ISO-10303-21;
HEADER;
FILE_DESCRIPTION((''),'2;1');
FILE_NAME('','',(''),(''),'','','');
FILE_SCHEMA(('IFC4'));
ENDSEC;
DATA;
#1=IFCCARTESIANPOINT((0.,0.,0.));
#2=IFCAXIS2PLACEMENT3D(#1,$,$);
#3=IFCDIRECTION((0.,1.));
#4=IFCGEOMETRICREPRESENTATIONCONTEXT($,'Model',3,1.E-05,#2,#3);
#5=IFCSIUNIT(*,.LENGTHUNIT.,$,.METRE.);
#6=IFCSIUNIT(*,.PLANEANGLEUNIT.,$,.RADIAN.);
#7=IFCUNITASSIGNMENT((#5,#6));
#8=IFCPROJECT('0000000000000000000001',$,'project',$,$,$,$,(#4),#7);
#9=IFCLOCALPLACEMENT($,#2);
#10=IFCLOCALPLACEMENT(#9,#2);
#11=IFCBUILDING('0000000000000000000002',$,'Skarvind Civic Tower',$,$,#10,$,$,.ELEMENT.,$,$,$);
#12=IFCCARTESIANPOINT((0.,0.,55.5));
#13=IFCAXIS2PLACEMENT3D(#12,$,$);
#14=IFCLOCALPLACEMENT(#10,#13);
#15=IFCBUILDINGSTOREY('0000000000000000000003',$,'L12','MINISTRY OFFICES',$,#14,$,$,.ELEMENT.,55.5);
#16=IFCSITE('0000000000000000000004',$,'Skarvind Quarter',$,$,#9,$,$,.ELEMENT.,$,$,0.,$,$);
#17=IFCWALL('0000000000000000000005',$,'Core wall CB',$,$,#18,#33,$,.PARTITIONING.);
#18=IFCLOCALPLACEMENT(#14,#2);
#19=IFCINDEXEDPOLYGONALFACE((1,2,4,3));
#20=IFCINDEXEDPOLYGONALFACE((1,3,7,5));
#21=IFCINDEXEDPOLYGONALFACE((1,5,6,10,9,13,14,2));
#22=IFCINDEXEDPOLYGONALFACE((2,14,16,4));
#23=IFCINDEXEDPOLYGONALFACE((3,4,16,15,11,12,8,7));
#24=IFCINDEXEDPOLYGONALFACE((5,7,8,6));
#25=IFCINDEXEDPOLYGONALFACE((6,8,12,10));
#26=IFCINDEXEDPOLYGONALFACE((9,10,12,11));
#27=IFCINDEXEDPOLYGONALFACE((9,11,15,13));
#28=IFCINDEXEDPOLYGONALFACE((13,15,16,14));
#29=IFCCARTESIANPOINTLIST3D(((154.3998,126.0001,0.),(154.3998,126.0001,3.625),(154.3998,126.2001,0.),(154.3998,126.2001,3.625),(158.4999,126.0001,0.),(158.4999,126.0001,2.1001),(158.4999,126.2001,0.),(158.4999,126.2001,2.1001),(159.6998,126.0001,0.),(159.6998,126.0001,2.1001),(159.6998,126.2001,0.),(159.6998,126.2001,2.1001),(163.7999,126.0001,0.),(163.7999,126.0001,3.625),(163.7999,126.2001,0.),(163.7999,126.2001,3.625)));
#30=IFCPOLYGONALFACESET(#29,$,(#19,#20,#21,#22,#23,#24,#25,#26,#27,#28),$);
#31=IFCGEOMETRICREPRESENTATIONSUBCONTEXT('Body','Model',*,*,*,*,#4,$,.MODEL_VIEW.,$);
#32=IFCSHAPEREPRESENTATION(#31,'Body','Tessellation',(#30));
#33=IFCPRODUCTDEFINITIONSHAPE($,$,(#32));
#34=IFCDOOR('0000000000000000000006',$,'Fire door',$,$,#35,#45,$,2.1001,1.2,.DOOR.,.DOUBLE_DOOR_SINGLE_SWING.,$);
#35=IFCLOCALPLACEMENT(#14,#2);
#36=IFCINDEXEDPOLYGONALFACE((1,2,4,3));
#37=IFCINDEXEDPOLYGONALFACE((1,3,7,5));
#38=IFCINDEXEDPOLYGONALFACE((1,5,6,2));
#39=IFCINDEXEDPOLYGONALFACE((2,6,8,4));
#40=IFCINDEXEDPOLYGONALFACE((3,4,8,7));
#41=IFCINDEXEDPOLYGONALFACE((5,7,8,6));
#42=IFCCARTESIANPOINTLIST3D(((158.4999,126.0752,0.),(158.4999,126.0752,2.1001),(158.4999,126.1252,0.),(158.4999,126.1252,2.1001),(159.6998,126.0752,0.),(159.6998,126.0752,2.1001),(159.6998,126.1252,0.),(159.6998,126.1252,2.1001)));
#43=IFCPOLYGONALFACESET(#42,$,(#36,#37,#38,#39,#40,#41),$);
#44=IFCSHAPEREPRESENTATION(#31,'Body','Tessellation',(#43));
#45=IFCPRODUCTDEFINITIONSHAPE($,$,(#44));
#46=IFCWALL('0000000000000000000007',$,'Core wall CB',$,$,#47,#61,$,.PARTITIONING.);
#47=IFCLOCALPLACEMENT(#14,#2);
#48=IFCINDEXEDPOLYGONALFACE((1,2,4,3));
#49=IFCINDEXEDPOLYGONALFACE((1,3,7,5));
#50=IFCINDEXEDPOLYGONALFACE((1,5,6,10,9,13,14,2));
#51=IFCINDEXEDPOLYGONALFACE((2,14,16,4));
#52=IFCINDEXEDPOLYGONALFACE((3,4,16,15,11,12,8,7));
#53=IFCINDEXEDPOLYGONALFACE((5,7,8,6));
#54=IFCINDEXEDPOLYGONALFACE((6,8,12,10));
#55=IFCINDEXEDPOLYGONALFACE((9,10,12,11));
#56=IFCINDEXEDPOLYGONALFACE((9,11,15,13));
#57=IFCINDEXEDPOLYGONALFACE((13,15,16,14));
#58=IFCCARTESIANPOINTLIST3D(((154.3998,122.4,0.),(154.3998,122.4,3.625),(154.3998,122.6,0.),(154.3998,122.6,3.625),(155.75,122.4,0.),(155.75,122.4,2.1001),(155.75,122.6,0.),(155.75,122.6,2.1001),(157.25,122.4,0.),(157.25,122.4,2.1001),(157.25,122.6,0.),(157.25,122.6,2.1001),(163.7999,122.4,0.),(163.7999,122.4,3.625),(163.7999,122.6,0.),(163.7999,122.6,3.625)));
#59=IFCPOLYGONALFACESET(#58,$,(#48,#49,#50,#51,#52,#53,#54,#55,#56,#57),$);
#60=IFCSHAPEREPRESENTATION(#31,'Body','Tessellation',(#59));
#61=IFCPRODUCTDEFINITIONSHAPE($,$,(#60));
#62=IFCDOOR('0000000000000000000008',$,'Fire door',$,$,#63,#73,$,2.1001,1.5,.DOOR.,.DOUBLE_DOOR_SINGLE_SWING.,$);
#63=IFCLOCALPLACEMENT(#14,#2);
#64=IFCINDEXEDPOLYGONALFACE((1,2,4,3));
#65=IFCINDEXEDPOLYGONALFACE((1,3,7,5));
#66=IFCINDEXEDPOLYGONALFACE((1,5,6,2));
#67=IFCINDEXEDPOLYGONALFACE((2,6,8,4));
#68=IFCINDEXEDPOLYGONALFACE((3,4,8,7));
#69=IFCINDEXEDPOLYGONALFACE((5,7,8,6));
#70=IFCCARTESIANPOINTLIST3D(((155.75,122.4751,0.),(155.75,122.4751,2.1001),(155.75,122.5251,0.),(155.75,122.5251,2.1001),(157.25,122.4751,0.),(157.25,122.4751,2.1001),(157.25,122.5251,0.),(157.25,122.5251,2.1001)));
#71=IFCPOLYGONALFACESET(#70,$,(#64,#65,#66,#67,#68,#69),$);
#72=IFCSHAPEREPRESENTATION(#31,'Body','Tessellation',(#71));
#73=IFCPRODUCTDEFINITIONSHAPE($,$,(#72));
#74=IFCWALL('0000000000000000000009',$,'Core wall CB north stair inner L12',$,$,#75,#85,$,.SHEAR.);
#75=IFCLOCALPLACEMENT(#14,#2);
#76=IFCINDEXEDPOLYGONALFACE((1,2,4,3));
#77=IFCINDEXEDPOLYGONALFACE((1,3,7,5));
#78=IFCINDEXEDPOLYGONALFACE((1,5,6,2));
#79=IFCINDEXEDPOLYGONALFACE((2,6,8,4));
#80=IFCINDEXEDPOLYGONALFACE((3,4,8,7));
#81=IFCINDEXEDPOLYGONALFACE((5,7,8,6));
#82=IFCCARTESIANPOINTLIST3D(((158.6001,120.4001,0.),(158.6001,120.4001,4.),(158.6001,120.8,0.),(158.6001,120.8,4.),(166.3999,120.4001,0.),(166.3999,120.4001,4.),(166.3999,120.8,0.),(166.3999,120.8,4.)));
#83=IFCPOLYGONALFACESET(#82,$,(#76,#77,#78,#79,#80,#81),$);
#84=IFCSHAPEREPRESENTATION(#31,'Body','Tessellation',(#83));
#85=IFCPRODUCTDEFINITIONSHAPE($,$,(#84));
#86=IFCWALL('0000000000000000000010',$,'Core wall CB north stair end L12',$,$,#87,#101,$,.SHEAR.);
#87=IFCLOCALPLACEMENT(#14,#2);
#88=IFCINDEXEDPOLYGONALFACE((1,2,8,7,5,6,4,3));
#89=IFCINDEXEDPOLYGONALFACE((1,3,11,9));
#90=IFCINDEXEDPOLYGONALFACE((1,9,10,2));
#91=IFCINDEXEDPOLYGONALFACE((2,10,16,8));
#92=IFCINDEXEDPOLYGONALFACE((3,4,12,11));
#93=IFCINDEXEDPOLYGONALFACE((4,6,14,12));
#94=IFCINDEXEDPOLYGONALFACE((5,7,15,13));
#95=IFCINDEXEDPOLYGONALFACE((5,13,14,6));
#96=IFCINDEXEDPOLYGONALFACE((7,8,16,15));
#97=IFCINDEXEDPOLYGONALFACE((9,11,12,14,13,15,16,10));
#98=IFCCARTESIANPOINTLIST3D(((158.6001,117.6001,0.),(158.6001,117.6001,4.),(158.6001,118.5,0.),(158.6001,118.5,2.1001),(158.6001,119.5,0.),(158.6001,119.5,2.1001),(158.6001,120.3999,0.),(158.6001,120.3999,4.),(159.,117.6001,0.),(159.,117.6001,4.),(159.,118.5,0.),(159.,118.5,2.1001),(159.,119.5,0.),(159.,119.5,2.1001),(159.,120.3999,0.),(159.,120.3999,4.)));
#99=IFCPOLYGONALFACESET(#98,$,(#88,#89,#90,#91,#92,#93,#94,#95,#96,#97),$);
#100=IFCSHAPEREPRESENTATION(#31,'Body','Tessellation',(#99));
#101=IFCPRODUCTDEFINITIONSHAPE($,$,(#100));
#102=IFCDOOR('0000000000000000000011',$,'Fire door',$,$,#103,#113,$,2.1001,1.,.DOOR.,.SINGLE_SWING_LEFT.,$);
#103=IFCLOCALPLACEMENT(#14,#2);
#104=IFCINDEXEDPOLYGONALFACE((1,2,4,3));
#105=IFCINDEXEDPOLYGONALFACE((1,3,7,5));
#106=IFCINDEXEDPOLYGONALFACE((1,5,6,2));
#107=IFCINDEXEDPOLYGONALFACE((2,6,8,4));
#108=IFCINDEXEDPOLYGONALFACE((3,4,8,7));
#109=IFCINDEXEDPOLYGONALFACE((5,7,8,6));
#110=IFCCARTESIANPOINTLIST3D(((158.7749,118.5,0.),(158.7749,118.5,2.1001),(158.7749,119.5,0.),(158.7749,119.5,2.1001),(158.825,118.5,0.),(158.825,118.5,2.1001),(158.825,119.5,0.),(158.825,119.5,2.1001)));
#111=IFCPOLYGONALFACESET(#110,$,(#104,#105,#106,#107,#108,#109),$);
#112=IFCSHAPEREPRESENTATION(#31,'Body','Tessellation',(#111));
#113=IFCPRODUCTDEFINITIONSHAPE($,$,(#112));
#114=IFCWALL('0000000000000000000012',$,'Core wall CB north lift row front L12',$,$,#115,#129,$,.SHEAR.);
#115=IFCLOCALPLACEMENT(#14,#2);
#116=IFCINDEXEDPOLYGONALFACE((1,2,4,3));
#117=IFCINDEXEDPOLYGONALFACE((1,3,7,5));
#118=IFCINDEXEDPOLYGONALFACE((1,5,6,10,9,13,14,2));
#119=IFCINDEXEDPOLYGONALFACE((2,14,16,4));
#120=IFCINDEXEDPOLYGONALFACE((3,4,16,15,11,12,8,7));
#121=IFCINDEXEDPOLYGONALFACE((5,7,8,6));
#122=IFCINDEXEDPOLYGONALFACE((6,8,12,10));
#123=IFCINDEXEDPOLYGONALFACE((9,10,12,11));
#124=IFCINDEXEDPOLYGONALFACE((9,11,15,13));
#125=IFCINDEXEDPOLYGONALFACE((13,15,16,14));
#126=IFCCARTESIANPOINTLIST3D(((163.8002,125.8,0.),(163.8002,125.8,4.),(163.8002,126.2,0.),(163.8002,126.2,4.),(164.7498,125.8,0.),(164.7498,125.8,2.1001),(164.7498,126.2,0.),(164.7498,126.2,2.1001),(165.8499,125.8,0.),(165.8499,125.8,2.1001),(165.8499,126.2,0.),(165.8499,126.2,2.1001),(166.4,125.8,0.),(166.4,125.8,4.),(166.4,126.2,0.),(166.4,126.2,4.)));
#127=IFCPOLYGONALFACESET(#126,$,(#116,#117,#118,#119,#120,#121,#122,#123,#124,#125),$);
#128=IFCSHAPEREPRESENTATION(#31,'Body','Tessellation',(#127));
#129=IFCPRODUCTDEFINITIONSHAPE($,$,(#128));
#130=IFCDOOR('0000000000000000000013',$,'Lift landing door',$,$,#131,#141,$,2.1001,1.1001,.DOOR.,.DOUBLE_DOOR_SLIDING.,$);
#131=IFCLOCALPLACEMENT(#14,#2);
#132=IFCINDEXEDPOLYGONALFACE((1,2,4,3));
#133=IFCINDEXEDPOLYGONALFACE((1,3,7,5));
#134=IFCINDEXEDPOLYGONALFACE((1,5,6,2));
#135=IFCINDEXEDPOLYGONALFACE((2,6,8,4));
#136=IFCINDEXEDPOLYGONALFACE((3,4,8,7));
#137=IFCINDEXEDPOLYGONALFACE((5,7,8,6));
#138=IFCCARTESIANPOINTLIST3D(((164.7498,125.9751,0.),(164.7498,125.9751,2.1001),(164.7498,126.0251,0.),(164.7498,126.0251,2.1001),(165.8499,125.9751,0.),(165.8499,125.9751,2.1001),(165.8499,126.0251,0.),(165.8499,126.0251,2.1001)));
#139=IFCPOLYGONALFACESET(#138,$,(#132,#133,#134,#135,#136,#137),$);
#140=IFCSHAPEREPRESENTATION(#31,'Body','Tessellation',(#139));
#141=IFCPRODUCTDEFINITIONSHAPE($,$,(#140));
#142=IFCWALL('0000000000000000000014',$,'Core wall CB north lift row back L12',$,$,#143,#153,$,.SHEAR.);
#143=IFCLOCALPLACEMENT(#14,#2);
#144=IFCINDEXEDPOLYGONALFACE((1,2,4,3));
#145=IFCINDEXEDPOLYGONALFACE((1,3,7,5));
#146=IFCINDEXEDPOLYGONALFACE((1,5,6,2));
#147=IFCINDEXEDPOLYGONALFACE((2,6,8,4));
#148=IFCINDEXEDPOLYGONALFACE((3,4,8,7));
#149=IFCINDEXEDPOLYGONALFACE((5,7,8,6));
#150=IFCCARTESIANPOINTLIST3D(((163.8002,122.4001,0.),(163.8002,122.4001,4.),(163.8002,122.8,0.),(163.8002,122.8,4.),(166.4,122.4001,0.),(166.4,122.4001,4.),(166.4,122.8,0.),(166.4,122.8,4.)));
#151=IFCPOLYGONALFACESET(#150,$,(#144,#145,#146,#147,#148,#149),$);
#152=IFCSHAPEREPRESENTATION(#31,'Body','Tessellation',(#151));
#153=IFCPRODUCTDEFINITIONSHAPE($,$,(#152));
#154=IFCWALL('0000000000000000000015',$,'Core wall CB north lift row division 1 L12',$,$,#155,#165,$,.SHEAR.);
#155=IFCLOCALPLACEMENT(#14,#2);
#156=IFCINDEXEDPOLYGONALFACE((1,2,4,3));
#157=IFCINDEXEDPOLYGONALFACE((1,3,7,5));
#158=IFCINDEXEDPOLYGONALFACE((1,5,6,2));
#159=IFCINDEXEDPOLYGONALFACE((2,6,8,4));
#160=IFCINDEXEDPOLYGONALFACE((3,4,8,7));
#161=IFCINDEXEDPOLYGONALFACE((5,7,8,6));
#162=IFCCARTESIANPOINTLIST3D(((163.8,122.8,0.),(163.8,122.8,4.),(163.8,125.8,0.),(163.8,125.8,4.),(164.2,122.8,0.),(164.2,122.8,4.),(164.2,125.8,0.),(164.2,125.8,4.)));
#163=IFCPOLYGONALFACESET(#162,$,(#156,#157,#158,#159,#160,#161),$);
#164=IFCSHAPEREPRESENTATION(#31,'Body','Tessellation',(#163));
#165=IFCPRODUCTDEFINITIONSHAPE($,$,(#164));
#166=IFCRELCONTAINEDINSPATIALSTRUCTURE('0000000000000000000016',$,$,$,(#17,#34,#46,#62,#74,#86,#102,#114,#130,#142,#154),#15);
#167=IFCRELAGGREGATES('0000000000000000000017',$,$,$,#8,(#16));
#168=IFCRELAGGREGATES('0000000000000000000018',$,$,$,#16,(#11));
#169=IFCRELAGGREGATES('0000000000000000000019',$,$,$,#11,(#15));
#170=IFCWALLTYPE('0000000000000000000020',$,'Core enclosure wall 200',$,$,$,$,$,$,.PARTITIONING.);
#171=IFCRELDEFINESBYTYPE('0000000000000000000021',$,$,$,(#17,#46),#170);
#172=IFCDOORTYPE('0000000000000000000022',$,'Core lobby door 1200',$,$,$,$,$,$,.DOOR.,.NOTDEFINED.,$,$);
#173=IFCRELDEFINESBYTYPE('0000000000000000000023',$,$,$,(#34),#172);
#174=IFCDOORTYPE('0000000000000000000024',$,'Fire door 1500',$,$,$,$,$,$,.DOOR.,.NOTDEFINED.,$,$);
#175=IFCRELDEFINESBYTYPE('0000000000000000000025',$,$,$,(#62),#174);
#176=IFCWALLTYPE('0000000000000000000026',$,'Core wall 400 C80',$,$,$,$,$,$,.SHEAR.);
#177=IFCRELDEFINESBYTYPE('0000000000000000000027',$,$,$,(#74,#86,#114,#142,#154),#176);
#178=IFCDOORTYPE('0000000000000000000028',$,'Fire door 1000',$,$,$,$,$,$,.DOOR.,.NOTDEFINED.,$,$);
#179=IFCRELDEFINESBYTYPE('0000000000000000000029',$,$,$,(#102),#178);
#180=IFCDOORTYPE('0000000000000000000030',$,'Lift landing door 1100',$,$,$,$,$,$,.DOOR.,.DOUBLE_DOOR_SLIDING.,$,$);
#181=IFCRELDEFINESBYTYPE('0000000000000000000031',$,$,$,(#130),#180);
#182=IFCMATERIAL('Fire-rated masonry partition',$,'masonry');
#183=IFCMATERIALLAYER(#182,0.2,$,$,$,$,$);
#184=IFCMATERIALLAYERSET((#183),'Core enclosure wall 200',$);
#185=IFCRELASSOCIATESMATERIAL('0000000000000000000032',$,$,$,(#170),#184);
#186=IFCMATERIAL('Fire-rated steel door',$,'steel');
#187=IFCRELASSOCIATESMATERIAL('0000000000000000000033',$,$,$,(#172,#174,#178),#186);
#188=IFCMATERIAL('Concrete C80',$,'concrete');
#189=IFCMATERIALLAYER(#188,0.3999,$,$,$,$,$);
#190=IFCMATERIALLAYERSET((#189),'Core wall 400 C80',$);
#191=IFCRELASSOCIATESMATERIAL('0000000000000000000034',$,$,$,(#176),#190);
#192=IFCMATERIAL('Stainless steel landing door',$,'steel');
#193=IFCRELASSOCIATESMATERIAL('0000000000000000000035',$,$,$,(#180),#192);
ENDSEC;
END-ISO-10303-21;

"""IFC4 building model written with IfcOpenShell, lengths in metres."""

from ifc_helpers import new_model, si_unit, direction, frame, frame_2d, origin, place, context, subcontext, project, spatial, rectangle, extrude, material, layer, layer_set, type_object, element, fill, save


model = new_model("IFC4")

# Units and contexts
model_context = context("Model", 3, precision=1e-05, world=origin(), true_north=direction((0.0, 1.0)))
body_context = subcontext(model_context, "Body", "Model", "MODEL_VIEW")
ifc_project = project(units=[si_unit("LENGTHUNIT", "METRE"), si_unit("PLANEANGLEUNIT", "RADIAN")], contexts=[model_context])

# Site, building, storey
site_placement = place(None, origin())
site = spatial("IfcSite", under=ifc_project, at=site_placement, Name="Skarvind Quarter", CompositionType="ELEMENT", RefElevation=0.0)
building_placement = place(site_placement, origin())
building = spatial("IfcBuilding", under=site, at=building_placement, Name="Skarvind Civic Tower", CompositionType="ELEMENT")
storey_placement = place(building_placement, frame((0.0, 0.0, 55.5)))
storey = spatial("IfcBuildingStorey", under=building, at=storey_placement, Name="L12", Description="MINISTRY OFFICES", CompositionType="ELEMENT", Elevation=55.5)

# Walls, openings, doors
ifc_material_1 = material(Name="Fire-rated masonry partition", Category="masonry")
ifc_layer_1 = layer(ifc_material_1, 0.2)
ifc_layer_set_1 = layer_set([ifc_layer_1], Name="Core enclosure wall 200")
wall_type_1 = type_object("IfcWallType", Name="Core enclosure wall 200", PredefinedType="PARTITIONING", material=ifc_layer_set_1)
wall_1_placement = place(storey_placement, frame((163.8, 126.1001, 0.0), z_axis=(0.0, 0.0, 1.0), x_axis=(-1.0, 0.0, 0.0)))
wall_1 = element("IfcWall", 1, at=wall_1_placement, inside=storey, type_object=wall_type_1, Name="Core wall CB", PredefinedType="PARTITIONING", context=body_context, shape_type="SweptSolid", body=[
    extrude(rectangle(XDim=9.4001, YDim=0.2, at=frame_2d((4.7002, 0.0))), origin(), (0.0, 0.0, 1.0), 3.625),
])
opening_1_placement = place(wall_1_placement, frame((4.1001, 0.0, 0.0)))
opening_1 = element("IfcOpeningElement", 2, at=opening_1_placement, cuts=wall_1, PredefinedType="OPENING", context=body_context, shape_type="SweptSolid", body=[
    extrude(rectangle(XDim=1.2, YDim=2.1001, at=frame_2d((0.6001, 1.05))), frame((0.0, 0.1099, 0.0), z_axis=(0.0, -1.0, 0.0), x_axis=(1.0, 0.0, 0.0)), (0.0, 0.0, 1.0), 0.22),
])
ifc_material_2 = material(Name="Fire-rated steel door", Category="steel")
door_type_1 = type_object("IfcDoorType", Name="Core lobby door 1200", OperationType="NOTDEFINED", PredefinedType="DOOR", material=ifc_material_2)
door_1_placement = place(opening_1_placement, origin())
door_1 = element("IfcDoor", 3, at=door_1_placement, inside=storey, type_object=door_type_1, Name="Fire door", OperationType="DOUBLE_DOOR_SINGLE_SWING", OverallHeight=2.1001, OverallWidth=1.2, PredefinedType="DOOR", context=body_context, shape_type="SweptSolid", body=[
    extrude(rectangle(XDim=1.2, YDim=2.1001, at=frame_2d((0.6001, 1.05))), frame((0.0, 0.0249, 0.0), z_axis=(0.0, -1.0, 0.0), x_axis=(1.0, 0.0, 0.0)), (0.0, 0.0, 1.0), 0.05),
])
fill(opening_1, door_1)
wall_2_placement = place(storey_placement, frame((163.8, 122.5, 0.0), z_axis=(0.0, 0.0, 1.0), x_axis=(-1.0, 0.0, 0.0)))
wall_2 = element("IfcWall", 4, at=wall_2_placement, inside=storey, type_object=wall_type_1, Name="Core wall CB", PredefinedType="PARTITIONING", context=body_context, shape_type="SweptSolid", body=[
    extrude(rectangle(XDim=9.4001, YDim=0.2, at=frame_2d((4.7002, 0.0))), origin(), (0.0, 0.0, 1.0), 3.625),
])
opening_2_placement = place(wall_2_placement, frame((6.55, 0.0, 0.0)))
opening_2 = element("IfcOpeningElement", 5, at=opening_2_placement, cuts=wall_2, PredefinedType="OPENING", context=body_context, shape_type="SweptSolid", body=[
    extrude(rectangle(XDim=1.5, YDim=2.1001, at=frame_2d((0.75, 1.05))), frame((0.0, 0.1099, 0.0), z_axis=(0.0, -1.0, 0.0), x_axis=(1.0, 0.0, 0.0)), (0.0, 0.0, 1.0), 0.22),
])
door_type_2 = type_object("IfcDoorType", Name="Fire door 1500", OperationType="NOTDEFINED", PredefinedType="DOOR", material=ifc_material_2)
door_2_placement = place(opening_2_placement, origin())
door_2 = element("IfcDoor", 6, at=door_2_placement, inside=storey, type_object=door_type_2, Name="Fire door", OperationType="DOUBLE_DOOR_SINGLE_SWING", OverallHeight=2.1001, OverallWidth=1.5, PredefinedType="DOOR", context=body_context, shape_type="SweptSolid", body=[
    extrude(rectangle(XDim=1.5, YDim=2.1001, at=frame_2d((0.75, 1.05))), frame((0.0, 0.0249, 0.0), z_axis=(0.0, -1.0, 0.0), x_axis=(1.0, 0.0, 0.0)), (0.0, 0.0, 1.0), 0.05),
])
fill(opening_2, door_2)

# Wall
ifc_material_3 = material(Name="Concrete C80", Category="concrete")
ifc_layer_2 = layer(ifc_material_3, 0.3999)
ifc_layer_set_2 = layer_set([ifc_layer_2], Name="Core wall 400 C80")
wall_type_2 = type_object("IfcWallType", Name="Core wall 400 C80", PredefinedType="SHEAR", material=ifc_layer_set_2)
wall_3_placement = place(storey_placement, frame((166.3999, 120.6001, 0.0), z_axis=(0.0, 0.0, 1.0), x_axis=(-1.0, 0.0, 0.0)))
element("IfcWall", 7, at=wall_3_placement, inside=storey, type_object=wall_type_2, Name="Core wall CB north stair inner L12", PredefinedType="SHEAR", context=body_context, shape_type="SweptSolid", body=[
    extrude(rectangle(XDim=7.7998, YDim=0.3999, at=frame_2d((3.8999, 0.0))), origin(), (0.0, 0.0, 1.0), 4.0),
])

# Walls, openings, doors
wall_4_placement = place(storey_placement, frame((158.8, 120.3999, 0.0), z_axis=(0.0, 0.0, 1.0), x_axis=(0.0, -1.0, 0.0)))
wall_4 = element("IfcWall", 8, at=wall_4_placement, inside=storey, type_object=wall_type_2, Name="Core wall CB north stair end L12", PredefinedType="SHEAR", context=body_context, shape_type="SweptSolid", body=[
    extrude(rectangle(XDim=2.7998, YDim=0.3999, at=frame_2d((1.3999, 0.0))), origin(), (0.0, 0.0, 1.0), 4.0),
])
opening_3_placement = place(wall_4_placement, frame((0.8999, 0.0, 0.0)))
opening_3 = element("IfcOpeningElement", 9, at=opening_3_placement, cuts=wall_4, PredefinedType="OPENING", context=body_context, shape_type="SweptSolid", body=[
    extrude(rectangle(XDim=1.0, YDim=2.1001, at=frame_2d((0.5, 1.05))), frame((0.0, 0.21, 0.0), z_axis=(0.0, -1.0, 0.0), x_axis=(1.0, 0.0, 0.0)), (0.0, 0.0, 1.0), 0.4199),
])
door_type_3 = type_object("IfcDoorType", Name="Fire door 1000", OperationType="NOTDEFINED", PredefinedType="DOOR", material=ifc_material_2)
door_3_placement = place(opening_3_placement, origin())
door_3 = element("IfcDoor", 10, at=door_3_placement, inside=storey, type_object=door_type_3, Name="Fire door", OperationType="SINGLE_SWING_LEFT", OverallHeight=2.1001, OverallWidth=1.0, PredefinedType="DOOR", context=body_context, shape_type="SweptSolid", body=[
    extrude(rectangle(XDim=1.0, YDim=2.1001, at=frame_2d((0.5, 1.05))), frame((0.0, 0.0249, 0.0), z_axis=(0.0, -1.0, 0.0), x_axis=(1.0, 0.0, 0.0)), (0.0, 0.0, 1.0), 0.05),
])
fill(opening_3, door_3)
wall_5_placement = place(storey_placement, frame((166.3999, 126.0, 0.0), z_axis=(0.0, 0.0, 1.0), x_axis=(-1.0, 0.0, 0.0)))
wall_5 = element("IfcWall", 11, at=wall_5_placement, inside=storey, type_object=wall_type_2, Name="Core wall CB north lift row front L12", PredefinedType="SHEAR", context=body_context, shape_type="SweptSolid", body=[
    extrude(rectangle(XDim=2.5999, YDim=0.3999, at=frame_2d((1.2998, 0.0))), origin(), (0.0, 0.0, 1.0), 4.0),
])
opening_4_placement = place(wall_5_placement, frame((0.55, 0.0, 0.0)))
opening_4 = element("IfcOpeningElement", 12, at=opening_4_placement, cuts=wall_5, PredefinedType="OPENING", context=body_context, shape_type="SweptSolid", body=[
    extrude(rectangle(XDim=1.1001, YDim=2.1001, at=frame_2d((0.55, 1.05))), frame((0.0, 0.21, 0.0), z_axis=(0.0, -1.0, 0.0), x_axis=(1.0, 0.0, 0.0)), (0.0, 0.0, 1.0), 0.4199),
])
ifc_material_4 = material(Name="Stainless steel landing door", Category="steel")
door_type_4 = type_object("IfcDoorType", Name="Lift landing door 1100", OperationType="DOUBLE_DOOR_SLIDING", PredefinedType="DOOR", material=ifc_material_4)
door_4_placement = place(opening_4_placement, origin())
door_4 = element("IfcDoor", 13, at=door_4_placement, inside=storey, type_object=door_type_4, Name="Lift landing door", OperationType="DOUBLE_DOOR_SLIDING", OverallHeight=2.1001, OverallWidth=1.1001, PredefinedType="DOOR", context=body_context, shape_type="SweptSolid", body=[
    extrude(rectangle(XDim=1.1001, YDim=2.1001, at=frame_2d((0.55, 1.05))), frame((0.0, 0.0249, 0.0), z_axis=(0.0, -1.0, 0.0), x_axis=(1.0, 0.0, 0.0)), (0.0, 0.0, 1.0), 0.05),
])
fill(opening_4, door_4)

# Walls
wall_6_placement = place(storey_placement, frame((166.3999, 122.6001, 0.0), z_axis=(0.0, 0.0, 1.0), x_axis=(-1.0, 0.0, 0.0)))
element("IfcWall", 14, at=wall_6_placement, inside=storey, type_object=wall_type_2, Name="Core wall CB north lift row back L12", PredefinedType="SHEAR", context=body_context, shape_type="SweptSolid", body=[
    extrude(rectangle(XDim=2.5999, YDim=0.3999, at=frame_2d((1.2998, 0.0))), origin(), (0.0, 0.0, 1.0), 4.0),
])
wall_7_placement = place(storey_placement, frame((164.0, 125.8, 0.0), z_axis=(0.0, 0.0, 1.0), x_axis=(0.0, -1.0, 0.0)))
element("IfcWall", 15, at=wall_7_placement, inside=storey, type_object=wall_type_2, Name="Core wall CB north lift row division 1 L12", PredefinedType="SHEAR", context=body_context, shape_type="SweptSolid", body=[
    extrude(rectangle(XDim=3.0, YDim=0.3999, at=frame_2d((1.5, 0.0))), origin(), (0.0, 0.0, 1.0), 4.0),
])

save(model, "model.ifc")
